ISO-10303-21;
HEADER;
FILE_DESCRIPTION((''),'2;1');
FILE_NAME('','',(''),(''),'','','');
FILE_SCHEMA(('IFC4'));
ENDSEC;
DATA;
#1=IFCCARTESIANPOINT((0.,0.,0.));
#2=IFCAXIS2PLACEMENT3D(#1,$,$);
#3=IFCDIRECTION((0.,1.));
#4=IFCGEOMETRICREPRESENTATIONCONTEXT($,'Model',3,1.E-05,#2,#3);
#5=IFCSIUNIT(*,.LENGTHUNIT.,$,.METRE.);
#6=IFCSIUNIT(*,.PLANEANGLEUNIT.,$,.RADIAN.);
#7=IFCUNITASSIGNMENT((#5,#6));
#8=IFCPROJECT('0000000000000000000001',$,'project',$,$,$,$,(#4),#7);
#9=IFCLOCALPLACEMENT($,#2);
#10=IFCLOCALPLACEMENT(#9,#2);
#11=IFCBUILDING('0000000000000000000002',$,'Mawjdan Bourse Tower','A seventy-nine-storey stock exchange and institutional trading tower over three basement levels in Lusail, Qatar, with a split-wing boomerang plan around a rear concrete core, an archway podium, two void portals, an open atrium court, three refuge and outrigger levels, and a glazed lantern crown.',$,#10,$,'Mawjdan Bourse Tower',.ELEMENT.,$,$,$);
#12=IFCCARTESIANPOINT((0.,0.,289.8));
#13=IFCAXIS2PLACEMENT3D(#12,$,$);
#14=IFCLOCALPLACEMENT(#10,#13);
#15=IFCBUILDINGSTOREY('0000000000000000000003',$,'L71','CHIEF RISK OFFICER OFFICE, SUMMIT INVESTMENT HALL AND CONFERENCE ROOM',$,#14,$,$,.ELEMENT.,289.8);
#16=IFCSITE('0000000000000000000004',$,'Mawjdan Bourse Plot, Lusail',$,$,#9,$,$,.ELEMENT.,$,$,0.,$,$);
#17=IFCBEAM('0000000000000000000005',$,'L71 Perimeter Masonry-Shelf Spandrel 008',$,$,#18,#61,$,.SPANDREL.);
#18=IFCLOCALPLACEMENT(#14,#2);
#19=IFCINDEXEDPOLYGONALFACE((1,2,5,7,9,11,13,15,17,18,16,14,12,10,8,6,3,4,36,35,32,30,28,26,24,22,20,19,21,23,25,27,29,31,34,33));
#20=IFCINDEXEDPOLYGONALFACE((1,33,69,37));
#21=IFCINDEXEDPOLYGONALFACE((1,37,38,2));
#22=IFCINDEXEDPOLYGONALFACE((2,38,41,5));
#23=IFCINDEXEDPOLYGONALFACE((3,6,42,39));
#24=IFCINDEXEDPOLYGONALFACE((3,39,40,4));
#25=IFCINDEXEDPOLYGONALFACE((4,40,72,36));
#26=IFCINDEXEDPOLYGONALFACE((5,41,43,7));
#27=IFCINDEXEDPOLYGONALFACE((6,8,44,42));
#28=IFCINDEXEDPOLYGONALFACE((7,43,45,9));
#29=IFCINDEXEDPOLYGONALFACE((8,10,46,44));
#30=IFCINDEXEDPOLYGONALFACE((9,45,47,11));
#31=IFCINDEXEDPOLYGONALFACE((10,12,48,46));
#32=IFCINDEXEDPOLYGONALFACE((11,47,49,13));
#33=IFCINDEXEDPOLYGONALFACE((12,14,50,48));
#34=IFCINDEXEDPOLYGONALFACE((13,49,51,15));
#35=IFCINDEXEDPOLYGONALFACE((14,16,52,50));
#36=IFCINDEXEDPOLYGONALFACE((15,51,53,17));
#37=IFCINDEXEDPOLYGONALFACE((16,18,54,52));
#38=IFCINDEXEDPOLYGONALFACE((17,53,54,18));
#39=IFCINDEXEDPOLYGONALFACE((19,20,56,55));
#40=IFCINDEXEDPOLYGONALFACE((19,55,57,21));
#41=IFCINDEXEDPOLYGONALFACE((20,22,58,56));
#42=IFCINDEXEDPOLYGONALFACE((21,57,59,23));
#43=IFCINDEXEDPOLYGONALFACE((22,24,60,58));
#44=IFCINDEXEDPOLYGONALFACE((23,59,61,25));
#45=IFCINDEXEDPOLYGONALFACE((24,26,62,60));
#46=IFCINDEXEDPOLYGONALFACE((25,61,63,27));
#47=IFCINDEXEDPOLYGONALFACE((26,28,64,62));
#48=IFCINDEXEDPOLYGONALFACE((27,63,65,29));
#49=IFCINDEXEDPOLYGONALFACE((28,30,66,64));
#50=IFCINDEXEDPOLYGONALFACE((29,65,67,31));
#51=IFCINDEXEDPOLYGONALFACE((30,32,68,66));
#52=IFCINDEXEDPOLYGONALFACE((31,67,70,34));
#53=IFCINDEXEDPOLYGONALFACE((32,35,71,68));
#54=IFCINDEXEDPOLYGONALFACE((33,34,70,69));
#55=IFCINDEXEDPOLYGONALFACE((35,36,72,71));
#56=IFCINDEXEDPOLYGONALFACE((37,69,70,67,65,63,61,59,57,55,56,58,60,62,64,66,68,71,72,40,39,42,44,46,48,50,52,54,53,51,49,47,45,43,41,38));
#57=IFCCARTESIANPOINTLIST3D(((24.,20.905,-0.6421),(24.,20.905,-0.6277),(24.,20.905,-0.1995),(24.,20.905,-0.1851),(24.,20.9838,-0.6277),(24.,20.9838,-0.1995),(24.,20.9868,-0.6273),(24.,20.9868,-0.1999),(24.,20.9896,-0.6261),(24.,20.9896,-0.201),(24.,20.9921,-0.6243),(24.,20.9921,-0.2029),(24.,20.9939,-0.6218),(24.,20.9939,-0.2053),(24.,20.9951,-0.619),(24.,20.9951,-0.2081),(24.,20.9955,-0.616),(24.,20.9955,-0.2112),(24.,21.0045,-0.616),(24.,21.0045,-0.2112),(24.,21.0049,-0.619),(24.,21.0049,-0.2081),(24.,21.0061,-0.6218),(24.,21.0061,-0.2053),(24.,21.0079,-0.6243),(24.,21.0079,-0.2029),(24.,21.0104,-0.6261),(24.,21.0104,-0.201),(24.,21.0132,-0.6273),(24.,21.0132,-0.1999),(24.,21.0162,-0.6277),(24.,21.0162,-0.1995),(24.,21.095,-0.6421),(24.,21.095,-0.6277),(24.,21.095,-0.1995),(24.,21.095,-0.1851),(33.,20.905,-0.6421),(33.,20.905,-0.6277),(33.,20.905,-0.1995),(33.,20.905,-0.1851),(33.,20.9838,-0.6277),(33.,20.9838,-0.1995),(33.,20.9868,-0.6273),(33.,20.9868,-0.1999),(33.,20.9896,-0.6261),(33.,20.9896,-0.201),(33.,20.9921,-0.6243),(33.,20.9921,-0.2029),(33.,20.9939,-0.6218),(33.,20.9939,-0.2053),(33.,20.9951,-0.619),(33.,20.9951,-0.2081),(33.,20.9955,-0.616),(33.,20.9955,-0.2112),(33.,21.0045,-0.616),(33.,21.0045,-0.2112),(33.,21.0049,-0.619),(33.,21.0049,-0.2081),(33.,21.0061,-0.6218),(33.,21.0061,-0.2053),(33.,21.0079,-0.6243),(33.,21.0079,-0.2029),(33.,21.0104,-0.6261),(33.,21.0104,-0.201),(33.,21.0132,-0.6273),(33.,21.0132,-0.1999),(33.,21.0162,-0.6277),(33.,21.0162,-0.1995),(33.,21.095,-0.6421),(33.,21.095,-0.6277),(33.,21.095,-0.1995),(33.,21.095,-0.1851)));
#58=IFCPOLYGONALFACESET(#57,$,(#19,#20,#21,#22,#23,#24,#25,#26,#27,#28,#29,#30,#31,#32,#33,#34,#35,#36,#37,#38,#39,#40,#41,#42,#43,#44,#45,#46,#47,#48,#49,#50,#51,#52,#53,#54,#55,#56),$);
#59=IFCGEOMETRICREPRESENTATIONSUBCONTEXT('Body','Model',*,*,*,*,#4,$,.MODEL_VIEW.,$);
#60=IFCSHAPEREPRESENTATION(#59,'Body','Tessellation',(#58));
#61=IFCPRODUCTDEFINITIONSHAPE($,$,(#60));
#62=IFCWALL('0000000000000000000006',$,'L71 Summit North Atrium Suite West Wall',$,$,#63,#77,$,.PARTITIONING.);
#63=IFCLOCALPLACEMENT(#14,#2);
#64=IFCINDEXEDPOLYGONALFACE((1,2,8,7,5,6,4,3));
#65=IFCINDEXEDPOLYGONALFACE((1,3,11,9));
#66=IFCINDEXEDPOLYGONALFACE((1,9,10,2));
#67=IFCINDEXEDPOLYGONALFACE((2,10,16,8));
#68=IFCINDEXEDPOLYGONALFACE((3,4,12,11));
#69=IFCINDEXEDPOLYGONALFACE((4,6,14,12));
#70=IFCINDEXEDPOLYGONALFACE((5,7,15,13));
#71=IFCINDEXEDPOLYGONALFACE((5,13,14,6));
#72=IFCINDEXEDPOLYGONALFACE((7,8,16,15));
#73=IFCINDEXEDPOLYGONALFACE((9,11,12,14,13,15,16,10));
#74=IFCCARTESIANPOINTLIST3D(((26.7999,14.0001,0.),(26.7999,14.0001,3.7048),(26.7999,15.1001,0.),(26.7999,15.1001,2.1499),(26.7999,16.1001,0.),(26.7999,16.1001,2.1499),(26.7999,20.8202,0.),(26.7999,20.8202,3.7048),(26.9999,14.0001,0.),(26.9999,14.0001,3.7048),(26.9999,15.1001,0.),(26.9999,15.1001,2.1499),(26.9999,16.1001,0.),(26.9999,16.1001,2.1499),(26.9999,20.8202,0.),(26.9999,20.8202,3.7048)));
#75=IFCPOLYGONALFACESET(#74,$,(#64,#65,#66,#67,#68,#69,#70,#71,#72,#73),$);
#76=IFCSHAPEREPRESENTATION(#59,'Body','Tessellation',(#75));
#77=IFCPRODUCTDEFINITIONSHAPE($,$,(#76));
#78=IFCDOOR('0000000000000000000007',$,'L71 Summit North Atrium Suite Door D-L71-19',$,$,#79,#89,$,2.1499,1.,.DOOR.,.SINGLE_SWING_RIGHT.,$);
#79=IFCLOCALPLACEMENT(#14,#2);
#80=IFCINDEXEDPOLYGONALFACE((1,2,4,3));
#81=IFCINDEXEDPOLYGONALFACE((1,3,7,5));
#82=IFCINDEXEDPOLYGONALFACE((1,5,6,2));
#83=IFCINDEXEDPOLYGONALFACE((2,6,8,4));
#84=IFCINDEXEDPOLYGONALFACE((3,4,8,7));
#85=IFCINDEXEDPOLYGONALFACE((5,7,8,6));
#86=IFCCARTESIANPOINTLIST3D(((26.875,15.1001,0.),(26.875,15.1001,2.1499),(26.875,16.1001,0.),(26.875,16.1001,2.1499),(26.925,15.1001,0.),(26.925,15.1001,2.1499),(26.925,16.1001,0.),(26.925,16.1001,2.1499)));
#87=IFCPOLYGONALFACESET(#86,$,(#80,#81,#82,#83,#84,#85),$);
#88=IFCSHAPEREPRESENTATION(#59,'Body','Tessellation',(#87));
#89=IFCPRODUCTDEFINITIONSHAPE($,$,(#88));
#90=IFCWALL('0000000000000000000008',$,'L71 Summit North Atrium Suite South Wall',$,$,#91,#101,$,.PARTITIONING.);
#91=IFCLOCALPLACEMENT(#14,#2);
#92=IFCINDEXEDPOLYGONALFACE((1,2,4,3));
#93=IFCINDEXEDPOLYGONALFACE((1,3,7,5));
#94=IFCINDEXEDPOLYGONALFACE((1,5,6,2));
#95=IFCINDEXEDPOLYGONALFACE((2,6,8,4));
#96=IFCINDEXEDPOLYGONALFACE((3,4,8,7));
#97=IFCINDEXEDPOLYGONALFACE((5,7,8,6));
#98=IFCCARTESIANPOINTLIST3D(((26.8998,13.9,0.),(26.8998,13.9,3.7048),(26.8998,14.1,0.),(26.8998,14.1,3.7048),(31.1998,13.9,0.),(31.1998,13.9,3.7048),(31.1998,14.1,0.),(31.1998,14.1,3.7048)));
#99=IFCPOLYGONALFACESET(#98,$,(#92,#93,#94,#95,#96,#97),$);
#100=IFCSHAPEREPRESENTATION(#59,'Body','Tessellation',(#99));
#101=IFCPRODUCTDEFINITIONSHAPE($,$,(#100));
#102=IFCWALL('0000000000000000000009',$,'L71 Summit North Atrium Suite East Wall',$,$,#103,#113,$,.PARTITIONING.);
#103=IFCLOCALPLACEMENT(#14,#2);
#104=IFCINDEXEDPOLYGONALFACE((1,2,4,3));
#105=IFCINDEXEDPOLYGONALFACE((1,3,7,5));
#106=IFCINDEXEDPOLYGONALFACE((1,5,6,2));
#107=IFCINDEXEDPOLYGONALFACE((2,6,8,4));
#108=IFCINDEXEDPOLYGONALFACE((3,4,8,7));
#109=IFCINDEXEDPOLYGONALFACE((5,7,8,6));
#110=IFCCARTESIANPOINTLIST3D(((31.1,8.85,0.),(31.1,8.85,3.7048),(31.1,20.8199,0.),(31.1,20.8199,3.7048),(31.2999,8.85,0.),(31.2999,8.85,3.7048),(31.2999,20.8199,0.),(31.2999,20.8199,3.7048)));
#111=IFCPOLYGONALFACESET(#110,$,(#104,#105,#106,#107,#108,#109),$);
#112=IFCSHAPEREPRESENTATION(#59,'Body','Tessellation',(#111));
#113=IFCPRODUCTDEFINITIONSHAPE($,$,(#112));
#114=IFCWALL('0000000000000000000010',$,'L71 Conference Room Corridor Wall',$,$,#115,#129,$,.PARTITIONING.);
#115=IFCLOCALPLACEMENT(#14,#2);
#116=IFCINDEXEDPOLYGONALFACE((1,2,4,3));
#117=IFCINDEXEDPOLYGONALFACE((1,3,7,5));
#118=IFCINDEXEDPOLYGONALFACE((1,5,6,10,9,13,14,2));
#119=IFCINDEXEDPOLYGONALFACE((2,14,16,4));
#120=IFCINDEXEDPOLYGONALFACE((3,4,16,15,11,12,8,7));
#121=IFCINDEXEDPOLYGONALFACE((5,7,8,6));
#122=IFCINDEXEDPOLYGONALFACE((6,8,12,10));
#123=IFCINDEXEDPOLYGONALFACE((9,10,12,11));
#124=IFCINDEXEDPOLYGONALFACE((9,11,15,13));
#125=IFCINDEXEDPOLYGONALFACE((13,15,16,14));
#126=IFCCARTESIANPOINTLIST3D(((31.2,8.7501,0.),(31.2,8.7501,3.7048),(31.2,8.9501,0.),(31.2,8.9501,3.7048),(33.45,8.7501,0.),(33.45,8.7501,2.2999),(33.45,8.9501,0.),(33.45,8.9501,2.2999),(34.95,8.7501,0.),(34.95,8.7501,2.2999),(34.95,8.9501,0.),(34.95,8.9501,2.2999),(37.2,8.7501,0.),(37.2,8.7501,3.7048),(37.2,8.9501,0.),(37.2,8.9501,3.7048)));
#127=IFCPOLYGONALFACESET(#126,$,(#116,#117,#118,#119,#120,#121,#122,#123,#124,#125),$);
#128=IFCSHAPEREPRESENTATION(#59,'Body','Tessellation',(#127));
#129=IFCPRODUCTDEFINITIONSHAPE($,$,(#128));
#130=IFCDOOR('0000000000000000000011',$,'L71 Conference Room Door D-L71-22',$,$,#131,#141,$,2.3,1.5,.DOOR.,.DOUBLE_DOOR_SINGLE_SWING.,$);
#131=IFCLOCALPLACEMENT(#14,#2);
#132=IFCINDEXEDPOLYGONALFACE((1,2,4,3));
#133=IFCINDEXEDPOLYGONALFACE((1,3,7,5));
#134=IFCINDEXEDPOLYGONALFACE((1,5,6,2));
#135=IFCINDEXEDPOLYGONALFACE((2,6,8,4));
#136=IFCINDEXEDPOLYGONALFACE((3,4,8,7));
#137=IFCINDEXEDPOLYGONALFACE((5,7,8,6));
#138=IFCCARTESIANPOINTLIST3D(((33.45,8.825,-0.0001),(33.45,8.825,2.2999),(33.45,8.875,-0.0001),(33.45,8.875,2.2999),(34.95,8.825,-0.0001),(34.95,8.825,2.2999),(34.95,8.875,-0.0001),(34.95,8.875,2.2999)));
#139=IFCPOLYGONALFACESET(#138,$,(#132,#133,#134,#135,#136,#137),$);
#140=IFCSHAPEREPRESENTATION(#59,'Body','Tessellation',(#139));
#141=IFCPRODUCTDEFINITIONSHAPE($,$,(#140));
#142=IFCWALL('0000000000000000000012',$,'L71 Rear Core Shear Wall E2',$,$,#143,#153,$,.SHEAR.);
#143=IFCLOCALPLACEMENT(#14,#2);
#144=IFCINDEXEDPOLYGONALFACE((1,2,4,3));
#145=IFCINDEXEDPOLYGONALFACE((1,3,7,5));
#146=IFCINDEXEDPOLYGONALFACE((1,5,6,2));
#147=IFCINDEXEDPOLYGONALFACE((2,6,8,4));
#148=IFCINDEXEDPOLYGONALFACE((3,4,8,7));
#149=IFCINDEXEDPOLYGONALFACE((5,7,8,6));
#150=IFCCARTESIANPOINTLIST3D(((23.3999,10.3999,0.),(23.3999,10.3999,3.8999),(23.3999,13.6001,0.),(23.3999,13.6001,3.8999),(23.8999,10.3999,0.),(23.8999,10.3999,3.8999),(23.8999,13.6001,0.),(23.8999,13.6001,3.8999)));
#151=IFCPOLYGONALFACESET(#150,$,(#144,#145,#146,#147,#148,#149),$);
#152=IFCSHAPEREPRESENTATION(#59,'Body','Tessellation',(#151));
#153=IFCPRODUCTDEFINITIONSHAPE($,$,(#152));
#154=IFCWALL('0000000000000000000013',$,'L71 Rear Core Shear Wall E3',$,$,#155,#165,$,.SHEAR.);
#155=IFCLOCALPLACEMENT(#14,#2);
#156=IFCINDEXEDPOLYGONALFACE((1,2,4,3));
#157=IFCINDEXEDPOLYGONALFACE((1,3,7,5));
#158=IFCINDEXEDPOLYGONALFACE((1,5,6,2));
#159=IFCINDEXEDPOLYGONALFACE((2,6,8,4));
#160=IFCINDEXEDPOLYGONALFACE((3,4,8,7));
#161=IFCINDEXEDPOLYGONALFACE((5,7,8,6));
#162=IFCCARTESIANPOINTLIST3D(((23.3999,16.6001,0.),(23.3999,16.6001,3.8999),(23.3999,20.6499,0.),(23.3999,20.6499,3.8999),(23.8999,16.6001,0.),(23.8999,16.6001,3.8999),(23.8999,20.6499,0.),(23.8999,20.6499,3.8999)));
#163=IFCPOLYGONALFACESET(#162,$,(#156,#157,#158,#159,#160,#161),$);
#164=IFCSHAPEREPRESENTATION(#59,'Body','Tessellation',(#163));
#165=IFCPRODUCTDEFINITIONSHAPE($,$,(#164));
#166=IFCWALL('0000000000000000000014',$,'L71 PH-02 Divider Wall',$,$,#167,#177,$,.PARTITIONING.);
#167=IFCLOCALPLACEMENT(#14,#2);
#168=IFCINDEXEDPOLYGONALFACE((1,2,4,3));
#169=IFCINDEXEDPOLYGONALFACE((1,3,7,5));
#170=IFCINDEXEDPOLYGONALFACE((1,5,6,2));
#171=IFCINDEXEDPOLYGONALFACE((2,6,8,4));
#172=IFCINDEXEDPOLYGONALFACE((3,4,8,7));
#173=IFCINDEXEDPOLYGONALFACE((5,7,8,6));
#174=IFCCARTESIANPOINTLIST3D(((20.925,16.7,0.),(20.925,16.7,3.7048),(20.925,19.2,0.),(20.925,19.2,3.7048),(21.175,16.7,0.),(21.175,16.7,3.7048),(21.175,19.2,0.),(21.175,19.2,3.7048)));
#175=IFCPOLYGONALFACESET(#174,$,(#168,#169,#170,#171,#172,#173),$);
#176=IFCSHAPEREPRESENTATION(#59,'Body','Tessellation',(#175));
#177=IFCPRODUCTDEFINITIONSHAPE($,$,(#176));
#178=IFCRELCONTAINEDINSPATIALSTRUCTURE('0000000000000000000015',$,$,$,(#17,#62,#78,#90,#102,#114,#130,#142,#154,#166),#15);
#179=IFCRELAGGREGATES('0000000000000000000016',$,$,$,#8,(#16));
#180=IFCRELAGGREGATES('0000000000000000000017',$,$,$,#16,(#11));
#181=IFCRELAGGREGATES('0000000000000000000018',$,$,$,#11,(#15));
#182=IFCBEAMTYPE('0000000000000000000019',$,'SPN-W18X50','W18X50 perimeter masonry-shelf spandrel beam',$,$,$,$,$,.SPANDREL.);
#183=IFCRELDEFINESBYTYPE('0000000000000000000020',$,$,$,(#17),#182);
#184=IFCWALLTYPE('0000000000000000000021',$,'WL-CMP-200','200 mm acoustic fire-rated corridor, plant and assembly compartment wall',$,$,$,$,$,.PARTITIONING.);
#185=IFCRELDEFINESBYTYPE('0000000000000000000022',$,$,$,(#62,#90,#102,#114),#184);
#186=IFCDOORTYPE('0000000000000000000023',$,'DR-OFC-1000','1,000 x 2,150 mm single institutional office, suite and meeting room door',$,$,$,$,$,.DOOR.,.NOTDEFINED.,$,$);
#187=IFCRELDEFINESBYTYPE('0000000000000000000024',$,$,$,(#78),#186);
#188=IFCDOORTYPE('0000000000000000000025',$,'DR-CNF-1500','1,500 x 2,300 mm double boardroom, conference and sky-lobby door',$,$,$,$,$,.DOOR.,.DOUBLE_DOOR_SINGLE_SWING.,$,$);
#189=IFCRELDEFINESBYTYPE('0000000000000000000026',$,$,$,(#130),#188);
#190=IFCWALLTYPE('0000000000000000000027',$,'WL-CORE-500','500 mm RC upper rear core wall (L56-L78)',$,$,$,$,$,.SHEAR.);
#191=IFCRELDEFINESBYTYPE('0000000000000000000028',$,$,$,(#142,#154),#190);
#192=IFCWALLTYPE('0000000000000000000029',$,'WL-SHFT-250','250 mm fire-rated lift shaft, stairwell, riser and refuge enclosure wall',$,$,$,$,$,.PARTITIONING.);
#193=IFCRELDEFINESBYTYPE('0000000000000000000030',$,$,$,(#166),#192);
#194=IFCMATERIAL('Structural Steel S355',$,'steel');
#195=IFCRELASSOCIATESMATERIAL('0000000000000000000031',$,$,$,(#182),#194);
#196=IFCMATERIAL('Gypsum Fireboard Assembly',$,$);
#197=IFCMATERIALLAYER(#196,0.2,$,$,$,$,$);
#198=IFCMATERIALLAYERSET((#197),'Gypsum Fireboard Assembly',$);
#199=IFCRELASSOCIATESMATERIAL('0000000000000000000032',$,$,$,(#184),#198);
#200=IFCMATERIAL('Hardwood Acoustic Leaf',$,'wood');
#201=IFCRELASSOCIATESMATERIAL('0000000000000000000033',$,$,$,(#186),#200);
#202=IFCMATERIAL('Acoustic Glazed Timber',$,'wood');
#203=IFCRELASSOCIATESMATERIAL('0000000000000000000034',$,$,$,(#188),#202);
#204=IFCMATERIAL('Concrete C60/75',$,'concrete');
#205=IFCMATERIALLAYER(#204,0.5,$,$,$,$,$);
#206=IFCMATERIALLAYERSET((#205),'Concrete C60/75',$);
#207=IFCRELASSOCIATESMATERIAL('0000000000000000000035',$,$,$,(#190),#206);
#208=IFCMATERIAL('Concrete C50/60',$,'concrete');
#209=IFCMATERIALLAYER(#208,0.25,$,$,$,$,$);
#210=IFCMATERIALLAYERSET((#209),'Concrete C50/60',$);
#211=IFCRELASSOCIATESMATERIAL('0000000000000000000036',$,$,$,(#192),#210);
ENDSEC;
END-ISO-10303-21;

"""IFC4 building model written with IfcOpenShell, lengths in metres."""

from ifc_helpers import new_model, si_unit, direction, frame, frame_2d, origin, origin_2d, place, context, subcontext, project, spatial, rectangle, i_section, extrude, material, layer, layer_set, material_profile, profile_set, type_object, element, fill, save


model = new_model("IFC4")

# Units and contexts
model_context = context("Model", 3, precision=1e-05, world=origin(), true_north=direction((0.0, 1.0)))
body_context = subcontext(model_context, "Body", "Model", "MODEL_VIEW")
ifc_project = project(units=[si_unit("LENGTHUNIT", "METRE"), si_unit("PLANEANGLEUNIT", "RADIAN")], contexts=[model_context])

# Site, building, storey
site_placement = place(None, origin())
site = spatial("IfcSite", under=ifc_project, at=site_placement, Name="Mawjdan Bourse Plot, Lusail", CompositionType="ELEMENT", RefElevation=0.0)
building_placement = place(site_placement, origin())
building = spatial("IfcBuilding", under=site, at=building_placement, Name="Mawjdan Bourse Tower", Description="A seventy-nine-storey stock exchange and institutional trading tower over three basement levels in Lusail, Qatar, with a split-wing boomerang plan around a rear concrete core, an archway podium, two void portals, an open atrium court, three refuge and outrigger levels, and a glazed lantern crown.", LongName="Mawjdan Bourse Tower", CompositionType="ELEMENT")
storey_placement = place(building_placement, frame((0.0, 0.0, 289.8)))
storey = spatial("IfcBuildingStorey", under=building, at=storey_placement, Name="L71", Description="CHIEF RISK OFFICER OFFICE, SUMMIT INVESTMENT HALL AND CONFERENCE ROOM", CompositionType="ELEMENT", Elevation=289.8)

# Shared definitions
ifc_material_1 = material(Name="Concrete C60/75", Category="concrete")

# Beam
ifc_material_2 = material(Name="Structural Steel S355", Category="steel")
ifc_material_profile_1 = material_profile(ifc_material_2, i_section(OverallWidth=0.1899, OverallDepth=0.457, WebThickness=0.009, FlangeThickness=0.0144, FilletRadius=0.0117, at=origin_2d()), Name="W18X50")
ifc_profile_set_1 = profile_set([ifc_material_profile_1], Name="Structural Steel S355")
beam_type_1 = type_object("IfcBeamType", Name="SPN-W18X50", Description="W18X50 perimeter masonry-shelf spandrel beam", PredefinedType="SPANDREL", material=ifc_profile_set_1)
beam_1_placement = place(storey_placement, frame((24.0, 21.0, -0.4136), z_axis=(1.0, 0.0, 0.0), x_axis=(0.0, 1.0, 0.0)))
element("IfcBeam", 1, at=beam_1_placement, inside=storey, type_object=beam_type_1, Name="L71 Perimeter Masonry-Shelf Spandrel 008", PredefinedType="SPANDREL", context=body_context, shape_type="SweptSolid", body=[
    extrude(i_section(OverallWidth=0.1899, OverallDepth=0.457, WebThickness=0.009, FlangeThickness=0.0144, FilletRadius=0.0117, at=origin_2d()), origin(), (0.0, 0.0, 1.0), 9.0),
])

# Wall, opening, door
ifc_material_3 = material(Name="Gypsum Fireboard Assembly")
ifc_layer_1 = layer(ifc_material_3, 0.2)
ifc_layer_set_1 = layer_set([ifc_layer_1], Name="Gypsum Fireboard Assembly")
wall_type_1 = type_object("IfcWallType", Name="WL-CMP-200", Description="200 mm acoustic fire-rated corridor, plant and assembly compartment wall", PredefinedType="PARTITIONING", material=ifc_layer_set_1)
ifc_material_4 = material(Name="Hardwood Acoustic Leaf", Category="wood")
door_type_1 = type_object("IfcDoorType", Name="DR-OFC-1000", Description="1,000 x 2,150 mm single institutional office, suite and meeting room door", OperationType="NOTDEFINED", PredefinedType="DOOR", material=ifc_material_4)
wall_1_placement = place(storey_placement, frame((26.8999, 14.0, 0.0), z_axis=(0.0, 0.0, 1.0), x_axis=(0.0, 1.0, 0.0)))
wall_1 = element("IfcWall", 2, at=wall_1_placement, inside=storey, type_object=wall_type_1, Name="L71 Summit North Atrium Suite West Wall", PredefinedType="PARTITIONING", context=body_context, shape_type="SweptSolid", body=[
    extrude(rectangle(XDim=6.8201, YDim=0.2, at=frame_2d((3.4102, 0.0))), origin(), (0.0, 0.0, 1.0), 3.7048),
])
opening_1_placement = place(wall_1_placement, frame((1.1001, 0.0, 0.0)))
opening_1 = element("IfcOpeningElement", 3, at=opening_1_placement, cuts=wall_1, PredefinedType="OPENING", context=body_context, shape_type="SweptSolid", body=[
    extrude(rectangle(XDim=1.0, YDim=2.1499, at=frame_2d((0.5, 1.075))), frame((0.0, 0.1099, 0.0), z_axis=(0.0, -1.0, 0.0), x_axis=(1.0, 0.0, 0.0)), (0.0, 0.0, 1.0), 0.22),
])
door_1_placement = place(opening_1_placement, origin())
door_1 = element("IfcDoor", 4, at=door_1_placement, inside=storey, type_object=door_type_1, Name="L71 Summit North Atrium Suite Door D-L71-19", OperationType="SINGLE_SWING_RIGHT", OverallHeight=2.1499, OverallWidth=1.0, PredefinedType="DOOR", context=body_context, shape_type="SweptSolid", body=[
    extrude(rectangle(XDim=1.0, YDim=2.1499, at=frame_2d((0.5, 1.075))), frame((0.0, 0.0249, 0.0), z_axis=(0.0, -1.0, 0.0), x_axis=(1.0, 0.0, 0.0)), (0.0, 0.0, 1.0), 0.05),
])
fill(opening_1, door_1)

# Walls
wall_2_placement = place(storey_placement, frame((26.8999, 14.0, 0.0), z_axis=(0.0, 0.0, 1.0), x_axis=(1.0, 0.0, 0.0)))
element("IfcWall", 5, at=wall_2_placement, inside=storey, type_object=wall_type_1, Name="L71 Summit North Atrium Suite South Wall", PredefinedType="PARTITIONING", context=body_context, shape_type="SweptSolid", body=[
    extrude(rectangle(XDim=4.3, YDim=0.2, at=frame_2d((2.1499, 0.0))), origin(), (0.0, 0.0, 1.0), 3.7048),
])
wall_3_placement = place(storey_placement, frame((31.2, 8.8501, 0.0), z_axis=(0.0, 0.0, 1.0), x_axis=(0.0, 1.0, 0.0)))
element("IfcWall", 6, at=wall_3_placement, inside=storey, type_object=wall_type_1, Name="L71 Summit North Atrium Suite East Wall", PredefinedType="PARTITIONING", context=body_context, shape_type="SweptSolid", body=[
    extrude(rectangle(XDim=11.97, YDim=0.2, at=frame_2d((5.9849, 0.0))), origin(), (0.0, 0.0, 1.0), 3.7048),
])

# Wall, opening, door
wall_4_placement = place(storey_placement, frame((31.2, 8.8501, 0.0), z_axis=(0.0, 0.0, 1.0), x_axis=(1.0, 0.0, 0.0)))
wall_4 = element("IfcWall", 7, at=wall_4_placement, inside=storey, type_object=wall_type_1, Name="L71 Conference Room Corridor Wall", PredefinedType="PARTITIONING", context=body_context, shape_type="SweptSolid", body=[
    extrude(rectangle(XDim=6.0, YDim=0.2, at=frame_2d((3.0, 0.0))), origin(), (0.0, 0.0, 1.0), 3.7048),
])
opening_2_placement = place(wall_4_placement, frame((2.25, 0.0, 0.0)))
opening_2 = element("IfcOpeningElement", 8, at=opening_2_placement, cuts=wall_4, PredefinedType="OPENING", context=body_context, shape_type="SweptSolid", body=[
    extrude(rectangle(XDim=1.5, YDim=2.3, at=frame_2d((0.75, 1.1499))), frame((0.0, 0.1099, 0.0), z_axis=(0.0, -1.0, 0.0), x_axis=(1.0, 0.0, 0.0)), (0.0, 0.0, 1.0), 0.22),
])
ifc_material_5 = material(Name="Acoustic Glazed Timber", Category="wood")
door_type_2 = type_object("IfcDoorType", Name="DR-CNF-1500", Description="1,500 x 2,300 mm double boardroom, conference and sky-lobby door", OperationType="DOUBLE_DOOR_SINGLE_SWING", PredefinedType="DOOR", material=ifc_material_5)
door_2_placement = place(opening_2_placement, origin())
door_2 = element("IfcDoor", 9, at=door_2_placement, inside=storey, type_object=door_type_2, Name="L71 Conference Room Door D-L71-22", OperationType="DOUBLE_DOOR_SINGLE_SWING", OverallHeight=2.3, OverallWidth=1.5, PredefinedType="DOOR", context=body_context, shape_type="SweptSolid", body=[
    extrude(rectangle(XDim=1.5, YDim=2.3, at=frame_2d((0.75, 1.1499))), frame((0.0, 0.0249, 0.0), z_axis=(0.0, -1.0, 0.0), x_axis=(1.0, 0.0, 0.0)), (0.0, 0.0, 1.0), 0.05),
])
fill(opening_2, door_2)

# Walls
ifc_layer_2 = layer(ifc_material_1, 0.5)
ifc_layer_set_2 = layer_set([ifc_layer_2], Name="Concrete C60/75")
wall_type_2 = type_object("IfcWallType", Name="WL-CORE-500", Description="500 mm RC upper rear core wall (L56-L78)", PredefinedType="SHEAR", material=ifc_layer_set_2)
wall_5_placement = place(storey_placement, frame((23.6499, 10.3999, 0.0), z_axis=(0.0, 0.0, 1.0), x_axis=(0.0, 1.0, 0.0)))
element("IfcWall", 10, at=wall_5_placement, inside=storey, type_object=wall_type_2, Name="L71 Rear Core Shear Wall E2", PredefinedType="SHEAR", context=body_context, shape_type="SweptSolid", body=[
    extrude(rectangle(XDim=3.2002, YDim=0.5, at=frame_2d((1.6001, 0.0))), origin(), (0.0, 0.0, 1.0), 3.8999),
])
wall_6_placement = place(storey_placement, frame((23.6499, 16.6001, 0.0), z_axis=(0.0, 0.0, 1.0), x_axis=(0.0, 1.0, 0.0)))
element("IfcWall", 11, at=wall_6_placement, inside=storey, type_object=wall_type_2, Name="L71 Rear Core Shear Wall E3", PredefinedType="SHEAR", context=body_context, shape_type="SweptSolid", body=[
    extrude(rectangle(XDim=4.0498, YDim=0.5, at=frame_2d((2.0249, 0.0))), origin(), (0.0, 0.0, 1.0), 3.8999),
])
ifc_material_6 = material(Name="Concrete C50/60", Category="concrete")
ifc_layer_3 = layer(ifc_material_6, 0.25)
ifc_layer_set_3 = layer_set([ifc_layer_3], Name="Concrete C50/60")
wall_type_3 = type_object("IfcWallType", Name="WL-SHFT-250", Description="250 mm fire-rated lift shaft, stairwell, riser and refuge enclosure wall", PredefinedType="PARTITIONING", material=ifc_layer_set_3)
wall_7_placement = place(storey_placement, frame((21.05, 16.7, 0.0), z_axis=(0.0, 0.0, 1.0), x_axis=(0.0, 1.0, 0.0)))
element("IfcWall", 12, at=wall_7_placement, inside=storey, type_object=wall_type_3, Name="L71 PH-02 Divider Wall", PredefinedType="PARTITIONING", context=body_context, shape_type="SweptSolid", body=[
    extrude(rectangle(XDim=2.5, YDim=0.25, at=frame_2d((1.25, 0.0))), origin(), (0.0, 0.0, 1.0), 3.7048),
])

save(model, "model.ifc")
